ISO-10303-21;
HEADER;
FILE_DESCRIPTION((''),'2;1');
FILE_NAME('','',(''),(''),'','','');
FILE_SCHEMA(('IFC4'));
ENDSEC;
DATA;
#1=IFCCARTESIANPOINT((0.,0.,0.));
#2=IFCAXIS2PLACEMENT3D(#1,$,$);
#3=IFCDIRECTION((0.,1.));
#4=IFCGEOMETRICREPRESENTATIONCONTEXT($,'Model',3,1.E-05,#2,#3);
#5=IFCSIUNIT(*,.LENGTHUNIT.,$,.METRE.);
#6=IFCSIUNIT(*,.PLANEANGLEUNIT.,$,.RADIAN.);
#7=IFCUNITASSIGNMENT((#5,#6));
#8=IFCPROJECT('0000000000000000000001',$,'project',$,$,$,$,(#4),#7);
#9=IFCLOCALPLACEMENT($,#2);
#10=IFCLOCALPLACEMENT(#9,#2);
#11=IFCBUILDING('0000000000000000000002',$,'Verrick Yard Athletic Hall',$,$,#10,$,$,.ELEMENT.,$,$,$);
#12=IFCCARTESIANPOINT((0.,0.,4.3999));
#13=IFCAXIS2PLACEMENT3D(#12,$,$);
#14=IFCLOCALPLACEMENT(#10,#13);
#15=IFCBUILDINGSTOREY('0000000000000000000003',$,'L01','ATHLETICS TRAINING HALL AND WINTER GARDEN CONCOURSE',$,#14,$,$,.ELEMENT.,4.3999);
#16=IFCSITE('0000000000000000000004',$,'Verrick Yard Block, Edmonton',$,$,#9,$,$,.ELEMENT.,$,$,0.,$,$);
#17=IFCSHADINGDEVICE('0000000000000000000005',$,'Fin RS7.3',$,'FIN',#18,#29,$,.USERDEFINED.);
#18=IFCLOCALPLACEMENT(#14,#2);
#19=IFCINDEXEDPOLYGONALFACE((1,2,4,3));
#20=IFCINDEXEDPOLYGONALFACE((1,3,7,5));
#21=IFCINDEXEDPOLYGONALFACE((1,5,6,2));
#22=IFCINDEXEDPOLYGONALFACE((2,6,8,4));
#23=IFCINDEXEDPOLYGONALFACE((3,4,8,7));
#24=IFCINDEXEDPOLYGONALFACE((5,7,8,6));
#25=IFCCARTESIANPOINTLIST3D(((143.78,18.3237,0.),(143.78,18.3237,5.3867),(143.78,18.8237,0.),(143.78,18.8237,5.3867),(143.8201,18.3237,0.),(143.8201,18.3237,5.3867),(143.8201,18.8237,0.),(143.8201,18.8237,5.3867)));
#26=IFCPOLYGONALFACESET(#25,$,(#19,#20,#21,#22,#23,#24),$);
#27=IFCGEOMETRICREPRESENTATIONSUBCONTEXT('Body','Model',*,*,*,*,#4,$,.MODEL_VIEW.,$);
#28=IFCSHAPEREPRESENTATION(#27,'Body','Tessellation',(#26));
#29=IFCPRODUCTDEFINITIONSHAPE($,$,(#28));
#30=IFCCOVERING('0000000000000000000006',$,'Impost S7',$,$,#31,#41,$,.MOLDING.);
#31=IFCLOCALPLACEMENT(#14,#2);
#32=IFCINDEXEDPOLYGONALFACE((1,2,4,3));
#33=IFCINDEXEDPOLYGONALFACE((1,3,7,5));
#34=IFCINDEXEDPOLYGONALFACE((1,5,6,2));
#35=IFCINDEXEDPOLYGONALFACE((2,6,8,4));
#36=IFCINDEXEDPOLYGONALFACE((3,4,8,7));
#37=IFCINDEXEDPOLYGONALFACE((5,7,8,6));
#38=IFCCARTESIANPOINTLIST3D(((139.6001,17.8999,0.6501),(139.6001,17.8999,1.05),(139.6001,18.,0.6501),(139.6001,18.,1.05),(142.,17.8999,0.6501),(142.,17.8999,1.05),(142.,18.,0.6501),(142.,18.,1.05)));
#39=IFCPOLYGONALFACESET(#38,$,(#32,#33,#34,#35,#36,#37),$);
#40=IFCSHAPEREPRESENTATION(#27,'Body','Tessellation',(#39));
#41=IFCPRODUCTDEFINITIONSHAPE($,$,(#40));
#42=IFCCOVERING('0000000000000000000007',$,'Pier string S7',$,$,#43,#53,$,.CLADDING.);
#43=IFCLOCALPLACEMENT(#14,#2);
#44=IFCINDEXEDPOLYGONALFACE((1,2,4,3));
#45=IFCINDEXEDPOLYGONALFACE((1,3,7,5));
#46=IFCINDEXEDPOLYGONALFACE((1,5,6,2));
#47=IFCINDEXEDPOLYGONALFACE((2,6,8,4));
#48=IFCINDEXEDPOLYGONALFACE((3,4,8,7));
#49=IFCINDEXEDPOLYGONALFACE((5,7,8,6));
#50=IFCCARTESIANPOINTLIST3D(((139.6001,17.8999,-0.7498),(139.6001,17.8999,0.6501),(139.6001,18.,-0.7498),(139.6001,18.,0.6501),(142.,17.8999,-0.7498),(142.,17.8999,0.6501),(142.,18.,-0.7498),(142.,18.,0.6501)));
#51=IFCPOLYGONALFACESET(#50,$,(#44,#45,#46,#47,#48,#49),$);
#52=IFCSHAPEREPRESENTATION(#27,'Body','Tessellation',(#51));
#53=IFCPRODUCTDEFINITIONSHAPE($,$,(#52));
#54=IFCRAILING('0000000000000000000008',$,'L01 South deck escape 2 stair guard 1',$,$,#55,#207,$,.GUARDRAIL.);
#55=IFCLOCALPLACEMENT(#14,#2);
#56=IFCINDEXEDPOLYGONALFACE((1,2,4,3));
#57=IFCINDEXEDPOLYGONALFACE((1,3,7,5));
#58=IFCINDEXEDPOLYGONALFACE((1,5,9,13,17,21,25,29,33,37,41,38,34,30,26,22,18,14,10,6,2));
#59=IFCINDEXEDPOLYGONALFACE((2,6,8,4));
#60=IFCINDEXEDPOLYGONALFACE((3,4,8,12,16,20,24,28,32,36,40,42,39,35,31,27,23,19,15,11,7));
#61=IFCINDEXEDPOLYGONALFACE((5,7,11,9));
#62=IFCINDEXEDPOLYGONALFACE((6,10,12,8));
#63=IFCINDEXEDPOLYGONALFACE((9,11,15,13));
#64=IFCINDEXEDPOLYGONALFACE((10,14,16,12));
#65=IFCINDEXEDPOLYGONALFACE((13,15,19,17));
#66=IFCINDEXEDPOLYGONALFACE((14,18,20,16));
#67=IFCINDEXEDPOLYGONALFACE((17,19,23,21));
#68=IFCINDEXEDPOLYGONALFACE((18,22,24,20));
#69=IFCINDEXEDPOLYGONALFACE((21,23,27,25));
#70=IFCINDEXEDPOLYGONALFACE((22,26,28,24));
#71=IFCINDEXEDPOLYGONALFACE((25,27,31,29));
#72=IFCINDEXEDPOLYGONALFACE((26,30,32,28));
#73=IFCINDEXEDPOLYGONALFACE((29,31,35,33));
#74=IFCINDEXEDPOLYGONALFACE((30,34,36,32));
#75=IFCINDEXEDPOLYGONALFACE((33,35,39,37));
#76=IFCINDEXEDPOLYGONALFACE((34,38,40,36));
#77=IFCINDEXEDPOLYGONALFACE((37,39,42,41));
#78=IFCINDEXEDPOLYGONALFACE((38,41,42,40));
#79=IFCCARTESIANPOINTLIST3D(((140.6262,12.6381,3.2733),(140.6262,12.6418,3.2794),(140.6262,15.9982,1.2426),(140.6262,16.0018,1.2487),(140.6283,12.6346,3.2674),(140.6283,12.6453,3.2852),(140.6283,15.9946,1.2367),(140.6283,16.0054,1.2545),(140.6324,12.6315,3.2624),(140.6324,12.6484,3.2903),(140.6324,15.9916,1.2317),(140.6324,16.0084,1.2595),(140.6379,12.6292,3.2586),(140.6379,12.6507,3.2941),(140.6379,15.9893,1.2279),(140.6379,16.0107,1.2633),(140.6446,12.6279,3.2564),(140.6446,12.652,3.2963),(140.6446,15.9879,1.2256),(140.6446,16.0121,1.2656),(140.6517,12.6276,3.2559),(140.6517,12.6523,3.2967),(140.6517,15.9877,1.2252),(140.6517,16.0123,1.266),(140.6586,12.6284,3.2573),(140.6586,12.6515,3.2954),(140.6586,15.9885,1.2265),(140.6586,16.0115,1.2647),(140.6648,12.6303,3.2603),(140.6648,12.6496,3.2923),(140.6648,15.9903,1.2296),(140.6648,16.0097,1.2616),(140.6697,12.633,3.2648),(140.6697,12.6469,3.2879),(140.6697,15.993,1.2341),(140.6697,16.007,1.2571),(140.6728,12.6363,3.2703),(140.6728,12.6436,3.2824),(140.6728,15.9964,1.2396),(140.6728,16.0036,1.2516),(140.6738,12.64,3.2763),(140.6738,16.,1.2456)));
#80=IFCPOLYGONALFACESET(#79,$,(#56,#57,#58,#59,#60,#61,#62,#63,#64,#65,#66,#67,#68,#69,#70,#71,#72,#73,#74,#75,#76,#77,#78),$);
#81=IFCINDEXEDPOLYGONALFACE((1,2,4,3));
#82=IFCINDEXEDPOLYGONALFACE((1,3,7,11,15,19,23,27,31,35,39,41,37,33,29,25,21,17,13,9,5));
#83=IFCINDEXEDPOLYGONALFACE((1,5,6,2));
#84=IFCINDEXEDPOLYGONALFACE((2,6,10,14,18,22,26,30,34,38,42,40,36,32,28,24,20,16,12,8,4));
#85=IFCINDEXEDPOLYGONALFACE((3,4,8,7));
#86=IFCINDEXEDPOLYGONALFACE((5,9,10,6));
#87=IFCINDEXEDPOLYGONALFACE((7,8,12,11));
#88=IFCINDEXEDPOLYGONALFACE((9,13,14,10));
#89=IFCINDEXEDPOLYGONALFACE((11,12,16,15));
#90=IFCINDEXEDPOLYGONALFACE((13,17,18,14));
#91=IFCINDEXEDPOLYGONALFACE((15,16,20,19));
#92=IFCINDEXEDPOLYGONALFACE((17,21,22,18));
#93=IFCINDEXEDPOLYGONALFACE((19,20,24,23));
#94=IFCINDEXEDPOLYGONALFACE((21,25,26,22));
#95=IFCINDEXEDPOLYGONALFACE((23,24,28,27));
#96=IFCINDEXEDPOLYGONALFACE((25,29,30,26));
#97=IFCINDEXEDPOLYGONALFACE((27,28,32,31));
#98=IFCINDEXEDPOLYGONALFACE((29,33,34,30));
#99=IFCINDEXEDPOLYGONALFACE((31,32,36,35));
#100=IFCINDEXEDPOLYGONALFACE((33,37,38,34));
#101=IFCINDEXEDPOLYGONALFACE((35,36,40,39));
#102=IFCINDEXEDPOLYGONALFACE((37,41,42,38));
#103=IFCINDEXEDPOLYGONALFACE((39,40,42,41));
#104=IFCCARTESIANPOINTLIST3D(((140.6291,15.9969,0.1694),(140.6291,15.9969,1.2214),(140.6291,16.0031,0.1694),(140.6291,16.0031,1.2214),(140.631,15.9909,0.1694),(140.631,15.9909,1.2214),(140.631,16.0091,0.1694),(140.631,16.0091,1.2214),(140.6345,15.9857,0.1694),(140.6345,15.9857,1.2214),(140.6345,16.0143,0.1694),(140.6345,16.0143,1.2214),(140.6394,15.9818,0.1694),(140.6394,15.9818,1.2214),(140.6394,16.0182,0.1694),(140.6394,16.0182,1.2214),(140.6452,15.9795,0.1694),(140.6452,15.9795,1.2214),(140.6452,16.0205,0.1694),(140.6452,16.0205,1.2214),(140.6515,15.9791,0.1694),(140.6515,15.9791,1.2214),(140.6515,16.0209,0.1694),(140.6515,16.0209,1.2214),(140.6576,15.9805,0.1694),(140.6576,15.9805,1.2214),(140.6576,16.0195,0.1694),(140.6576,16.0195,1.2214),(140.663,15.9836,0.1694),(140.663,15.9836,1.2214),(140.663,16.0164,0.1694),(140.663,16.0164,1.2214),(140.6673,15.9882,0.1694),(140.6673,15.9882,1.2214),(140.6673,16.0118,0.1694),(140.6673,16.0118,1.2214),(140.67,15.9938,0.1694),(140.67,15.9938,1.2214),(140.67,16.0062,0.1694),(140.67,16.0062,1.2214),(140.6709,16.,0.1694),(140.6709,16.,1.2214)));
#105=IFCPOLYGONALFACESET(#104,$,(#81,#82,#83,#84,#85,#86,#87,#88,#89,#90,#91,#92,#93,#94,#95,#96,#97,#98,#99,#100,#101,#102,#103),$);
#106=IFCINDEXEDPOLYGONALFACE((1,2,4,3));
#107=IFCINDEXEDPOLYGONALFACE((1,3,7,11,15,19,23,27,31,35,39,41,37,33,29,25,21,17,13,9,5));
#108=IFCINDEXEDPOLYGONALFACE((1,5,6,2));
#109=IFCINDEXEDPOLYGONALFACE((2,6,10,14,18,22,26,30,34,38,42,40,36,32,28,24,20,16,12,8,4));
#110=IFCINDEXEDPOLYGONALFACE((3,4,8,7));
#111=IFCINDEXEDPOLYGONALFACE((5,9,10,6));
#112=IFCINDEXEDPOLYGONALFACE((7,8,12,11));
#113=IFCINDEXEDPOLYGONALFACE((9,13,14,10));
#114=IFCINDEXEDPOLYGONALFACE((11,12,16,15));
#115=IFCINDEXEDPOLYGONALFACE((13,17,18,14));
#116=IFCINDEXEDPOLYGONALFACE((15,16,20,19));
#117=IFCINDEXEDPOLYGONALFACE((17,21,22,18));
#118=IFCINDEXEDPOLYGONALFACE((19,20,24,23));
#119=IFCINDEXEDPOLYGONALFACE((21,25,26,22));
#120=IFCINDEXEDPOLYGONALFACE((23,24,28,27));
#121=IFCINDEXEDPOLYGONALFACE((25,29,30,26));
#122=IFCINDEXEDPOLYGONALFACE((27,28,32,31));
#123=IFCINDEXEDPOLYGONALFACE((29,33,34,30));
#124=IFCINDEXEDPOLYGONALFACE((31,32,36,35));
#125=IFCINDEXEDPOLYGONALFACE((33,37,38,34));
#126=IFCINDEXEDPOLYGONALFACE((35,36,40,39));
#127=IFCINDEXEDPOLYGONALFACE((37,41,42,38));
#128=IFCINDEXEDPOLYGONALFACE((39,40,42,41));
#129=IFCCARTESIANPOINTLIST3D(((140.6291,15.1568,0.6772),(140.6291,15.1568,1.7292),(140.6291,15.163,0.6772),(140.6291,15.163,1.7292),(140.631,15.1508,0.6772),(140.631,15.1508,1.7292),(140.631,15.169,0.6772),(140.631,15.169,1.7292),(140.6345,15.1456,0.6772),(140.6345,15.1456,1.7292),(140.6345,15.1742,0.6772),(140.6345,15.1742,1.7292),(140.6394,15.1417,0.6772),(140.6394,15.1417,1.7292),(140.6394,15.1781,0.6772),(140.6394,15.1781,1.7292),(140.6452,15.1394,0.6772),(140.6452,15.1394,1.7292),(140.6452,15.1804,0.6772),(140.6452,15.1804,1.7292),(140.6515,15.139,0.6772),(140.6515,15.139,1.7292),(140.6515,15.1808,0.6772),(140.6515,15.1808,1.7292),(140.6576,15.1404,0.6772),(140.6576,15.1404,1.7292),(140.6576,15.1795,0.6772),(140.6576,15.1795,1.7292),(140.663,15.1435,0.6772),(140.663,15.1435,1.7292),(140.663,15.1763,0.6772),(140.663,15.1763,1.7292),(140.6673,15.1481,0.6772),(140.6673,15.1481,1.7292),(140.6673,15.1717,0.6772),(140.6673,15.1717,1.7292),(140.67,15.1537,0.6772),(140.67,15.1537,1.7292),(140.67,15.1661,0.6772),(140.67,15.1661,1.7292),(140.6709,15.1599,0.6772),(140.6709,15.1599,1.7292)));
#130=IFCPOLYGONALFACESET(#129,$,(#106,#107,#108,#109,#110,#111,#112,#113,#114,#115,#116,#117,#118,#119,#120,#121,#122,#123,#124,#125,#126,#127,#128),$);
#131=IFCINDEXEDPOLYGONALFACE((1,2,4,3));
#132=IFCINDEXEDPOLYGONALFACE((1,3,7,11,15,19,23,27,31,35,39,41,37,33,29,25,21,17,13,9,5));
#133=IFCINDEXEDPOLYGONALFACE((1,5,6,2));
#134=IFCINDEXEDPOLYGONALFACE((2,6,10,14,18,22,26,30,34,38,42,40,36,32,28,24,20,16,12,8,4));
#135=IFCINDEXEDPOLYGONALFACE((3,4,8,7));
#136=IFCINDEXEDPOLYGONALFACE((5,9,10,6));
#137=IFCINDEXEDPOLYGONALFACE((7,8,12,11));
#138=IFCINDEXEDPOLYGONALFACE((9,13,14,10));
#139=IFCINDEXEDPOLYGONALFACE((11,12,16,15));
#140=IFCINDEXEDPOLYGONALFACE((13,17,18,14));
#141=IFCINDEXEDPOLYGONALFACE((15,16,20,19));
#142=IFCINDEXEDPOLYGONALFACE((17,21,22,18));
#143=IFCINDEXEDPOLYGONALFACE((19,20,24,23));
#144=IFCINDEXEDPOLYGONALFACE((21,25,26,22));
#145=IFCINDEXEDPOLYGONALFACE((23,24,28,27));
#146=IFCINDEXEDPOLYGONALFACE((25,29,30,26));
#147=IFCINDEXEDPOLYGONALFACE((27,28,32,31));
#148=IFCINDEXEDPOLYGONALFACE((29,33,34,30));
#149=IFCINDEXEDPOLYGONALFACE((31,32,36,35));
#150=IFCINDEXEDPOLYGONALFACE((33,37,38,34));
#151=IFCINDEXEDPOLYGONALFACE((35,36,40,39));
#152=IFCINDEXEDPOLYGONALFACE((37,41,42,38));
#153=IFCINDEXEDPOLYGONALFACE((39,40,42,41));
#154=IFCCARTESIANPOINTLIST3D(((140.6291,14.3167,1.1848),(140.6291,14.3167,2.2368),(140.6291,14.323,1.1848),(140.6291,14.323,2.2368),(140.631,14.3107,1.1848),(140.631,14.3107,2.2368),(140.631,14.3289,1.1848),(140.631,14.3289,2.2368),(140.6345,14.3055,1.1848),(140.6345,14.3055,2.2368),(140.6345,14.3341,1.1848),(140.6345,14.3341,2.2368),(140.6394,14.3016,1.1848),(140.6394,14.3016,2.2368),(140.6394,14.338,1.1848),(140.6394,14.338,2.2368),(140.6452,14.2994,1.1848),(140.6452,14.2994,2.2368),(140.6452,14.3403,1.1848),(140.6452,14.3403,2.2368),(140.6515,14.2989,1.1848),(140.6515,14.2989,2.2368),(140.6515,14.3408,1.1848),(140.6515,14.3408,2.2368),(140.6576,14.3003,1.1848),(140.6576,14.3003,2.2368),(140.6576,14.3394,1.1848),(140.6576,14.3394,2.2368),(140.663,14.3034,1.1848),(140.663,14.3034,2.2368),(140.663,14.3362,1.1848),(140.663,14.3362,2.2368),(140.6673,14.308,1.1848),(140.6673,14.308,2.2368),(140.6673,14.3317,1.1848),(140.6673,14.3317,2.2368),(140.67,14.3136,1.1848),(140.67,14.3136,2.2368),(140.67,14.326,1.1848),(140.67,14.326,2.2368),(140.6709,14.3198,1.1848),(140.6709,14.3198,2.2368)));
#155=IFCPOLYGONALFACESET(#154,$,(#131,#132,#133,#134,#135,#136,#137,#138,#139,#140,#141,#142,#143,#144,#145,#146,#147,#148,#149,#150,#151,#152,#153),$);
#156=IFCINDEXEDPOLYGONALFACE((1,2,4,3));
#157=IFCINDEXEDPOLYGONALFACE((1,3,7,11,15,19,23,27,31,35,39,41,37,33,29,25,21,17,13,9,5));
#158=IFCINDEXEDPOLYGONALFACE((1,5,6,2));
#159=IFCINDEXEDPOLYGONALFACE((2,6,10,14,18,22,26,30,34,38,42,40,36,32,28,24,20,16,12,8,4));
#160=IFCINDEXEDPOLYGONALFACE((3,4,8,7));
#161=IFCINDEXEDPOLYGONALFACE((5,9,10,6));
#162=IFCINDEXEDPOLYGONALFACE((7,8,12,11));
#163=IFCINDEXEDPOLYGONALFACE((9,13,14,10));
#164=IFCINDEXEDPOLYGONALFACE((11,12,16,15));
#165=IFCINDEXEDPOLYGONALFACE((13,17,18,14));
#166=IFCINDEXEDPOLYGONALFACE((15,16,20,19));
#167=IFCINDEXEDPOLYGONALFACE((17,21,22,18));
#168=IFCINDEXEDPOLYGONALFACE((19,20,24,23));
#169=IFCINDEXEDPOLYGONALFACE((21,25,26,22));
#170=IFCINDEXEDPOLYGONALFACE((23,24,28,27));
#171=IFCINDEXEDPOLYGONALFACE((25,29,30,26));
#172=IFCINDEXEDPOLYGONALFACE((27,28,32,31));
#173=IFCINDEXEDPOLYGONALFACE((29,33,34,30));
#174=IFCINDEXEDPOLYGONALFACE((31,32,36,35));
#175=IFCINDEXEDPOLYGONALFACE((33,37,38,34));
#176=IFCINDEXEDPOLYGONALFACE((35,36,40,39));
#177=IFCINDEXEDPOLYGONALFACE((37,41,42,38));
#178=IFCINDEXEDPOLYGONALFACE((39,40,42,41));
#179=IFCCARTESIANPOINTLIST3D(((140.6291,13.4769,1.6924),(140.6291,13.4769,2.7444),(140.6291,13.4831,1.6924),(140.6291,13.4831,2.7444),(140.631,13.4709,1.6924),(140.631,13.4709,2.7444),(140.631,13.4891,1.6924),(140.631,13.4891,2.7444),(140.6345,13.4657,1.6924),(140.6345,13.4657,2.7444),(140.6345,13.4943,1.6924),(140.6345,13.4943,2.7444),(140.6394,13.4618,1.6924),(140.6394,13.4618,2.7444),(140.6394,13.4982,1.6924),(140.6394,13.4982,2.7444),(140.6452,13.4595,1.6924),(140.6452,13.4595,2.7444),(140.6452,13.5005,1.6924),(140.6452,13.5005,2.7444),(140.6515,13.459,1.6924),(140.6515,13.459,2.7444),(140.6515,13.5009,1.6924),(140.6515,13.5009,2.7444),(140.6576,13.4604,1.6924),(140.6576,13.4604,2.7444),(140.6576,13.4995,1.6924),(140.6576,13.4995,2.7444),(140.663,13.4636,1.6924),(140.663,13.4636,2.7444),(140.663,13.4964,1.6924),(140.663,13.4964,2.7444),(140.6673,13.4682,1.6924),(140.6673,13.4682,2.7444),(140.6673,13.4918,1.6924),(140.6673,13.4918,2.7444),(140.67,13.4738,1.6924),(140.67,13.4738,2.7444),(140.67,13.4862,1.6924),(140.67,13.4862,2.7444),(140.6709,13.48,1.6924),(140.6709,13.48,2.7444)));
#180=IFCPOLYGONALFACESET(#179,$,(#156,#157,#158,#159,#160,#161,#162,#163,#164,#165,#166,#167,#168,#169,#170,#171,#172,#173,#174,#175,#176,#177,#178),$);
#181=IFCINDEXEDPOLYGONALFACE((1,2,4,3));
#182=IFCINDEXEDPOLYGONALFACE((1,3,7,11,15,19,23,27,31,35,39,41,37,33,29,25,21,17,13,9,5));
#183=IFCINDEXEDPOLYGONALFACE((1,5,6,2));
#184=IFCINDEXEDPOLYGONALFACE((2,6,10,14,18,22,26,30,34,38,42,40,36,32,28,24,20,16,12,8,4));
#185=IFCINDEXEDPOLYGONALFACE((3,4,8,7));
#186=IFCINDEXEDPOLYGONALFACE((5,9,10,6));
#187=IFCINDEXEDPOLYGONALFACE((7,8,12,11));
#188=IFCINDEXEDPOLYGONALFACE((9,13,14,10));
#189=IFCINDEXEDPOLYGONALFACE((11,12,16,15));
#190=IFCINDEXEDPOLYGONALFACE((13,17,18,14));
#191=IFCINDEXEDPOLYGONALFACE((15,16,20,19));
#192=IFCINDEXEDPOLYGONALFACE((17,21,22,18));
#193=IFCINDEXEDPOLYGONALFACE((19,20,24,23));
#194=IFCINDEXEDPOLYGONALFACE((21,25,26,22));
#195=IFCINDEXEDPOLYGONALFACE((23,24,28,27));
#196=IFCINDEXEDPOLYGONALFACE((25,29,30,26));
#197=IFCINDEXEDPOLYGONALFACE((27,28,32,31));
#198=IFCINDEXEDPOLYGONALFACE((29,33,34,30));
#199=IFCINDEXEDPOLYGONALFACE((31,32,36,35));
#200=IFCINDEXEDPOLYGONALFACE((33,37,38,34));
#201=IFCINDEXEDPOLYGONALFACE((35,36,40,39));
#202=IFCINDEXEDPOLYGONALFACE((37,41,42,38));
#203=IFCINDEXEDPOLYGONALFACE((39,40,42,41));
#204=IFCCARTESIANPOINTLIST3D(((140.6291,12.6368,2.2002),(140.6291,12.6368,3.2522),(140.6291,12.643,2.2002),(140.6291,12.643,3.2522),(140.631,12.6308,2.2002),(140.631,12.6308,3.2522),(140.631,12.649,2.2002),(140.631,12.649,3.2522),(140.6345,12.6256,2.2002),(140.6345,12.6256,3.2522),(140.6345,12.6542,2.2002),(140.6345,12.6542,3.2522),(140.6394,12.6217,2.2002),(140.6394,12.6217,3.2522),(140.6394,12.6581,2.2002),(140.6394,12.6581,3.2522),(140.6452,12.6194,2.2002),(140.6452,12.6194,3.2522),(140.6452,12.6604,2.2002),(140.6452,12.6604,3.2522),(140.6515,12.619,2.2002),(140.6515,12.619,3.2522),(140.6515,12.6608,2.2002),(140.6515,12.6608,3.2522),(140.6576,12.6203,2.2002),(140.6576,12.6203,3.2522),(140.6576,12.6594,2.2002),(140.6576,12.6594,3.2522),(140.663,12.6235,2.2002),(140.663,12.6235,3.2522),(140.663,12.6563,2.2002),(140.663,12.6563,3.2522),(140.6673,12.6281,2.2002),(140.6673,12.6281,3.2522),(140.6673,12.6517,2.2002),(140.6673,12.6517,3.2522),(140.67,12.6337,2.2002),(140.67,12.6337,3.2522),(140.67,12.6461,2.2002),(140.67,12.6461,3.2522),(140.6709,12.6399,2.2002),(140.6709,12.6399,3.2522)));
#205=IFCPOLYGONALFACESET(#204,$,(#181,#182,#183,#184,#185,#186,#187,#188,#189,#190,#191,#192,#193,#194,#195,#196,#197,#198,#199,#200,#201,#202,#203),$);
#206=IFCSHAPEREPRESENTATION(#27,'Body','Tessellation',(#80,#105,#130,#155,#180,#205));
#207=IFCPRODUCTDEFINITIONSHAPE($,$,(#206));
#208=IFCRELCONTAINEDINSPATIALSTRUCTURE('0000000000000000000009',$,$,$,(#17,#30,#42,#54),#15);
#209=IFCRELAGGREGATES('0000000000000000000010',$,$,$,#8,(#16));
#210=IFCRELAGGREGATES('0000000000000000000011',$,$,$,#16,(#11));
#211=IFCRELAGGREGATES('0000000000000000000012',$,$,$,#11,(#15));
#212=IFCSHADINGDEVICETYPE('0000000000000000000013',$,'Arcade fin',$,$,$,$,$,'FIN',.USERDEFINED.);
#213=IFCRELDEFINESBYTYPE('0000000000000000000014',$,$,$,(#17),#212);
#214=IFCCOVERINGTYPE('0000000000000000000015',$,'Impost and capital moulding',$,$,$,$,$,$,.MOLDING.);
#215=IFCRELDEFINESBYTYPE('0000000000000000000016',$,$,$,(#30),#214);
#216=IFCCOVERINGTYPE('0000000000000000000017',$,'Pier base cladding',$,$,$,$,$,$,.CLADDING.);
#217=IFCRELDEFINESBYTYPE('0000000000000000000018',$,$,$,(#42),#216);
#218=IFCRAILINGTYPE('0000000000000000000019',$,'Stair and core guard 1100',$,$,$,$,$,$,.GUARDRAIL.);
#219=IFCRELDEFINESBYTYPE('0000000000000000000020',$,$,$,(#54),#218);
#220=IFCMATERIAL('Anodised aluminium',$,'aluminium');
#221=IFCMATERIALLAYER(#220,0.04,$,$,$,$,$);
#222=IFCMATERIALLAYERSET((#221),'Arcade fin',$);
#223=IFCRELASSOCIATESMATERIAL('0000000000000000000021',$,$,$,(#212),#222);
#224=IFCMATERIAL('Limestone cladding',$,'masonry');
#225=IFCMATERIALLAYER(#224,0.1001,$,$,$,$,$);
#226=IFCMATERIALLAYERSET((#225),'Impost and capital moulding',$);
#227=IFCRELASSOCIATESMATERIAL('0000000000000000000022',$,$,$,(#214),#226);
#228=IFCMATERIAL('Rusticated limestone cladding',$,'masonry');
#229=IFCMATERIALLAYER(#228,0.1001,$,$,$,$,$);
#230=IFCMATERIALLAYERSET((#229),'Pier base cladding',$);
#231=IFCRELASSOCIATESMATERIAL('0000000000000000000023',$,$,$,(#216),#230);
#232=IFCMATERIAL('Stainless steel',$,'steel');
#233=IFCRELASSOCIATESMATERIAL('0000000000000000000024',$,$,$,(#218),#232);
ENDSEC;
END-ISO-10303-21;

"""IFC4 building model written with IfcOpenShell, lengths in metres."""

from ifc_helpers import new_model, si_unit, direction, frame, origin, origin_2d, place, context, subcontext, project, spatial, polyline, rectangle, circle, outline, extrude, material, layer, layer_set, type_object, element, save


model = new_model("IFC4")

# Units and contexts
model_context = context("Model", 3, precision=1e-05, world=origin(), true_north=direction((0.0, 1.0)))
body_context = subcontext(model_context, "Body", "Model", "MODEL_VIEW")
ifc_project = project(units=[si_unit("LENGTHUNIT", "METRE"), si_unit("PLANEANGLEUNIT", "RADIAN")], contexts=[model_context])

# Site, building, storey
site_placement = place(None, origin())
site = spatial("IfcSite", under=ifc_project, at=site_placement, Name="Verrick Yard Block, Edmonton", CompositionType="ELEMENT", RefElevation=0.0)
building_placement = place(site_placement, origin())
building = spatial("IfcBuilding", under=site, at=building_placement, Name="Verrick Yard Athletic Hall", CompositionType="ELEMENT")
storey_placement = place(building_placement, frame((0.0, 0.0, 4.3999)))
storey = spatial("IfcBuildingStorey", under=building, at=storey_placement, Name="L01", Description="ATHLETICS TRAINING HALL AND WINTER GARDEN CONCOURSE", CompositionType="ELEMENT", Elevation=4.3999)

# Shading device
ifc_material_1 = material(Name="Anodised aluminium", Category="aluminium")
ifc_layer_1 = layer(ifc_material_1, 0.04)
ifc_layer_set_1 = layer_set([ifc_layer_1], Name="Arcade fin")
shading_device_type = type_object("IfcShadingDeviceType", Name="Arcade fin", ElementType="FIN", PredefinedType="USERDEFINED", material=ifc_layer_set_1)
shading_device_1_placement = place(storey_placement, frame((143.8, 18.8237, 0.0), z_axis=(0.0, 0.0, 1.0), x_axis=(0.0, -1.0, 0.0)))
element("IfcShadingDevice", 1, at=shading_device_1_placement, inside=storey, type_object=shading_device_type, Name="Fin RS7.3", ObjectType="FIN", PredefinedType="USERDEFINED", context=body_context, shape_type="SweptSolid", body=[
    extrude(outline(polyline([(0.0, 0.0), (0.5, 0.0), (0.5, 5.3867), (0.0, 5.3867), (0.0, 0.0)])), frame((0.0, 0.02, 0.0), z_axis=(0.0, -1.0, 0.0), x_axis=(1.0, 0.0, 0.0)), (0.0, 0.0, 1.0), 0.04),
])

# Coverings
ifc_material_2 = material(Name="Limestone cladding", Category="masonry")
ifc_layer_2 = layer(ifc_material_2, 0.1001)
ifc_layer_set_2 = layer_set([ifc_layer_2], Name="Impost and capital moulding")
covering_type_1 = type_object("IfcCoveringType", Name="Impost and capital moulding", PredefinedType="MOLDING", material=ifc_layer_set_2)
covering_1_placement = place(storey_placement, frame((140.8, 17.95, 0.6501), z_axis=(0.0, 0.0, 1.0), x_axis=(1.0, 0.0, 0.0)))
element("IfcCovering", 2, at=covering_1_placement, inside=storey, type_object=covering_type_1, Name="Impost S7", PredefinedType="MOLDING", context=body_context, shape_type="SweptSolid", body=[
    extrude(rectangle(XDim=2.3999, YDim=0.1001, at=origin_2d()), origin(), (0.0, 0.0, 1.0), 0.3999),
])
ifc_material_3 = material(Name="Rusticated limestone cladding", Category="masonry")
ifc_layer_3 = layer(ifc_material_3, 0.1001)
ifc_layer_set_3 = layer_set([ifc_layer_3], Name="Pier base cladding")
covering_type_2 = type_object("IfcCoveringType", Name="Pier base cladding", PredefinedType="CLADDING", material=ifc_layer_set_3)
covering_2_placement = place(storey_placement, frame((140.8, 17.95, -0.7498), z_axis=(0.0, 0.0, 1.0), x_axis=(1.0, 0.0, 0.0)))
element("IfcCovering", 3, at=covering_2_placement, inside=storey, type_object=covering_type_2, Name="Pier string S7", PredefinedType="CLADDING", context=body_context, shape_type="SweptSolid", body=[
    extrude(rectangle(XDim=2.3999, YDim=0.1001, at=origin_2d()), origin(), (0.0, 0.0, 1.0), 1.3999),
])

# Railing
ifc_material_4 = material(Name="Stainless steel", Category="steel")
railing_type = type_object("IfcRailingType", Name="Stair and core guard 1100", PredefinedType="GUARDRAIL", material=ifc_material_4)
railing_1_placement = place(storey_placement, frame((140.6499, 16.0, 0.1694)))
element("IfcRailing", 4, at=railing_1_placement, inside=storey, type_object=railing_type, Name="L01 South deck escape 2 stair guard 1", PredefinedType="GUARDRAIL", context=body_context, shape_type="SweptSolid", body=[
    extrude(circle(Radius=0.0239, at=origin_2d()), frame((0.0, 0.0, 1.0762), z_axis=(0.0, -0.855837, 0.517246), x_axis=(1.0, 0.0, 0.0)), (0.0, 0.0, 1.0), 3.926),
    extrude(circle(Radius=0.021, at=origin_2d()), origin(), (0.0, 0.0, 1.0), 1.052),
    extrude(circle(Radius=0.021, at=origin_2d()), frame((0.0, -0.8401, 0.5078)), (0.0, 0.0, 1.0), 1.052),
    extrude(circle(Radius=0.021, at=origin_2d()), frame((0.0, -1.6802, 1.0154)), (0.0, 0.0, 1.0), 1.052),
    extrude(circle(Radius=0.021, at=origin_2d()), frame((0.0, -2.52, 1.5229)), (0.0, 0.0, 1.0), 1.052),
    extrude(circle(Radius=0.021, at=origin_2d()), frame((0.0, -3.3601, 2.0308)), (0.0, 0.0, 1.0), 1.052),
])

save(model, "model.ifc")
